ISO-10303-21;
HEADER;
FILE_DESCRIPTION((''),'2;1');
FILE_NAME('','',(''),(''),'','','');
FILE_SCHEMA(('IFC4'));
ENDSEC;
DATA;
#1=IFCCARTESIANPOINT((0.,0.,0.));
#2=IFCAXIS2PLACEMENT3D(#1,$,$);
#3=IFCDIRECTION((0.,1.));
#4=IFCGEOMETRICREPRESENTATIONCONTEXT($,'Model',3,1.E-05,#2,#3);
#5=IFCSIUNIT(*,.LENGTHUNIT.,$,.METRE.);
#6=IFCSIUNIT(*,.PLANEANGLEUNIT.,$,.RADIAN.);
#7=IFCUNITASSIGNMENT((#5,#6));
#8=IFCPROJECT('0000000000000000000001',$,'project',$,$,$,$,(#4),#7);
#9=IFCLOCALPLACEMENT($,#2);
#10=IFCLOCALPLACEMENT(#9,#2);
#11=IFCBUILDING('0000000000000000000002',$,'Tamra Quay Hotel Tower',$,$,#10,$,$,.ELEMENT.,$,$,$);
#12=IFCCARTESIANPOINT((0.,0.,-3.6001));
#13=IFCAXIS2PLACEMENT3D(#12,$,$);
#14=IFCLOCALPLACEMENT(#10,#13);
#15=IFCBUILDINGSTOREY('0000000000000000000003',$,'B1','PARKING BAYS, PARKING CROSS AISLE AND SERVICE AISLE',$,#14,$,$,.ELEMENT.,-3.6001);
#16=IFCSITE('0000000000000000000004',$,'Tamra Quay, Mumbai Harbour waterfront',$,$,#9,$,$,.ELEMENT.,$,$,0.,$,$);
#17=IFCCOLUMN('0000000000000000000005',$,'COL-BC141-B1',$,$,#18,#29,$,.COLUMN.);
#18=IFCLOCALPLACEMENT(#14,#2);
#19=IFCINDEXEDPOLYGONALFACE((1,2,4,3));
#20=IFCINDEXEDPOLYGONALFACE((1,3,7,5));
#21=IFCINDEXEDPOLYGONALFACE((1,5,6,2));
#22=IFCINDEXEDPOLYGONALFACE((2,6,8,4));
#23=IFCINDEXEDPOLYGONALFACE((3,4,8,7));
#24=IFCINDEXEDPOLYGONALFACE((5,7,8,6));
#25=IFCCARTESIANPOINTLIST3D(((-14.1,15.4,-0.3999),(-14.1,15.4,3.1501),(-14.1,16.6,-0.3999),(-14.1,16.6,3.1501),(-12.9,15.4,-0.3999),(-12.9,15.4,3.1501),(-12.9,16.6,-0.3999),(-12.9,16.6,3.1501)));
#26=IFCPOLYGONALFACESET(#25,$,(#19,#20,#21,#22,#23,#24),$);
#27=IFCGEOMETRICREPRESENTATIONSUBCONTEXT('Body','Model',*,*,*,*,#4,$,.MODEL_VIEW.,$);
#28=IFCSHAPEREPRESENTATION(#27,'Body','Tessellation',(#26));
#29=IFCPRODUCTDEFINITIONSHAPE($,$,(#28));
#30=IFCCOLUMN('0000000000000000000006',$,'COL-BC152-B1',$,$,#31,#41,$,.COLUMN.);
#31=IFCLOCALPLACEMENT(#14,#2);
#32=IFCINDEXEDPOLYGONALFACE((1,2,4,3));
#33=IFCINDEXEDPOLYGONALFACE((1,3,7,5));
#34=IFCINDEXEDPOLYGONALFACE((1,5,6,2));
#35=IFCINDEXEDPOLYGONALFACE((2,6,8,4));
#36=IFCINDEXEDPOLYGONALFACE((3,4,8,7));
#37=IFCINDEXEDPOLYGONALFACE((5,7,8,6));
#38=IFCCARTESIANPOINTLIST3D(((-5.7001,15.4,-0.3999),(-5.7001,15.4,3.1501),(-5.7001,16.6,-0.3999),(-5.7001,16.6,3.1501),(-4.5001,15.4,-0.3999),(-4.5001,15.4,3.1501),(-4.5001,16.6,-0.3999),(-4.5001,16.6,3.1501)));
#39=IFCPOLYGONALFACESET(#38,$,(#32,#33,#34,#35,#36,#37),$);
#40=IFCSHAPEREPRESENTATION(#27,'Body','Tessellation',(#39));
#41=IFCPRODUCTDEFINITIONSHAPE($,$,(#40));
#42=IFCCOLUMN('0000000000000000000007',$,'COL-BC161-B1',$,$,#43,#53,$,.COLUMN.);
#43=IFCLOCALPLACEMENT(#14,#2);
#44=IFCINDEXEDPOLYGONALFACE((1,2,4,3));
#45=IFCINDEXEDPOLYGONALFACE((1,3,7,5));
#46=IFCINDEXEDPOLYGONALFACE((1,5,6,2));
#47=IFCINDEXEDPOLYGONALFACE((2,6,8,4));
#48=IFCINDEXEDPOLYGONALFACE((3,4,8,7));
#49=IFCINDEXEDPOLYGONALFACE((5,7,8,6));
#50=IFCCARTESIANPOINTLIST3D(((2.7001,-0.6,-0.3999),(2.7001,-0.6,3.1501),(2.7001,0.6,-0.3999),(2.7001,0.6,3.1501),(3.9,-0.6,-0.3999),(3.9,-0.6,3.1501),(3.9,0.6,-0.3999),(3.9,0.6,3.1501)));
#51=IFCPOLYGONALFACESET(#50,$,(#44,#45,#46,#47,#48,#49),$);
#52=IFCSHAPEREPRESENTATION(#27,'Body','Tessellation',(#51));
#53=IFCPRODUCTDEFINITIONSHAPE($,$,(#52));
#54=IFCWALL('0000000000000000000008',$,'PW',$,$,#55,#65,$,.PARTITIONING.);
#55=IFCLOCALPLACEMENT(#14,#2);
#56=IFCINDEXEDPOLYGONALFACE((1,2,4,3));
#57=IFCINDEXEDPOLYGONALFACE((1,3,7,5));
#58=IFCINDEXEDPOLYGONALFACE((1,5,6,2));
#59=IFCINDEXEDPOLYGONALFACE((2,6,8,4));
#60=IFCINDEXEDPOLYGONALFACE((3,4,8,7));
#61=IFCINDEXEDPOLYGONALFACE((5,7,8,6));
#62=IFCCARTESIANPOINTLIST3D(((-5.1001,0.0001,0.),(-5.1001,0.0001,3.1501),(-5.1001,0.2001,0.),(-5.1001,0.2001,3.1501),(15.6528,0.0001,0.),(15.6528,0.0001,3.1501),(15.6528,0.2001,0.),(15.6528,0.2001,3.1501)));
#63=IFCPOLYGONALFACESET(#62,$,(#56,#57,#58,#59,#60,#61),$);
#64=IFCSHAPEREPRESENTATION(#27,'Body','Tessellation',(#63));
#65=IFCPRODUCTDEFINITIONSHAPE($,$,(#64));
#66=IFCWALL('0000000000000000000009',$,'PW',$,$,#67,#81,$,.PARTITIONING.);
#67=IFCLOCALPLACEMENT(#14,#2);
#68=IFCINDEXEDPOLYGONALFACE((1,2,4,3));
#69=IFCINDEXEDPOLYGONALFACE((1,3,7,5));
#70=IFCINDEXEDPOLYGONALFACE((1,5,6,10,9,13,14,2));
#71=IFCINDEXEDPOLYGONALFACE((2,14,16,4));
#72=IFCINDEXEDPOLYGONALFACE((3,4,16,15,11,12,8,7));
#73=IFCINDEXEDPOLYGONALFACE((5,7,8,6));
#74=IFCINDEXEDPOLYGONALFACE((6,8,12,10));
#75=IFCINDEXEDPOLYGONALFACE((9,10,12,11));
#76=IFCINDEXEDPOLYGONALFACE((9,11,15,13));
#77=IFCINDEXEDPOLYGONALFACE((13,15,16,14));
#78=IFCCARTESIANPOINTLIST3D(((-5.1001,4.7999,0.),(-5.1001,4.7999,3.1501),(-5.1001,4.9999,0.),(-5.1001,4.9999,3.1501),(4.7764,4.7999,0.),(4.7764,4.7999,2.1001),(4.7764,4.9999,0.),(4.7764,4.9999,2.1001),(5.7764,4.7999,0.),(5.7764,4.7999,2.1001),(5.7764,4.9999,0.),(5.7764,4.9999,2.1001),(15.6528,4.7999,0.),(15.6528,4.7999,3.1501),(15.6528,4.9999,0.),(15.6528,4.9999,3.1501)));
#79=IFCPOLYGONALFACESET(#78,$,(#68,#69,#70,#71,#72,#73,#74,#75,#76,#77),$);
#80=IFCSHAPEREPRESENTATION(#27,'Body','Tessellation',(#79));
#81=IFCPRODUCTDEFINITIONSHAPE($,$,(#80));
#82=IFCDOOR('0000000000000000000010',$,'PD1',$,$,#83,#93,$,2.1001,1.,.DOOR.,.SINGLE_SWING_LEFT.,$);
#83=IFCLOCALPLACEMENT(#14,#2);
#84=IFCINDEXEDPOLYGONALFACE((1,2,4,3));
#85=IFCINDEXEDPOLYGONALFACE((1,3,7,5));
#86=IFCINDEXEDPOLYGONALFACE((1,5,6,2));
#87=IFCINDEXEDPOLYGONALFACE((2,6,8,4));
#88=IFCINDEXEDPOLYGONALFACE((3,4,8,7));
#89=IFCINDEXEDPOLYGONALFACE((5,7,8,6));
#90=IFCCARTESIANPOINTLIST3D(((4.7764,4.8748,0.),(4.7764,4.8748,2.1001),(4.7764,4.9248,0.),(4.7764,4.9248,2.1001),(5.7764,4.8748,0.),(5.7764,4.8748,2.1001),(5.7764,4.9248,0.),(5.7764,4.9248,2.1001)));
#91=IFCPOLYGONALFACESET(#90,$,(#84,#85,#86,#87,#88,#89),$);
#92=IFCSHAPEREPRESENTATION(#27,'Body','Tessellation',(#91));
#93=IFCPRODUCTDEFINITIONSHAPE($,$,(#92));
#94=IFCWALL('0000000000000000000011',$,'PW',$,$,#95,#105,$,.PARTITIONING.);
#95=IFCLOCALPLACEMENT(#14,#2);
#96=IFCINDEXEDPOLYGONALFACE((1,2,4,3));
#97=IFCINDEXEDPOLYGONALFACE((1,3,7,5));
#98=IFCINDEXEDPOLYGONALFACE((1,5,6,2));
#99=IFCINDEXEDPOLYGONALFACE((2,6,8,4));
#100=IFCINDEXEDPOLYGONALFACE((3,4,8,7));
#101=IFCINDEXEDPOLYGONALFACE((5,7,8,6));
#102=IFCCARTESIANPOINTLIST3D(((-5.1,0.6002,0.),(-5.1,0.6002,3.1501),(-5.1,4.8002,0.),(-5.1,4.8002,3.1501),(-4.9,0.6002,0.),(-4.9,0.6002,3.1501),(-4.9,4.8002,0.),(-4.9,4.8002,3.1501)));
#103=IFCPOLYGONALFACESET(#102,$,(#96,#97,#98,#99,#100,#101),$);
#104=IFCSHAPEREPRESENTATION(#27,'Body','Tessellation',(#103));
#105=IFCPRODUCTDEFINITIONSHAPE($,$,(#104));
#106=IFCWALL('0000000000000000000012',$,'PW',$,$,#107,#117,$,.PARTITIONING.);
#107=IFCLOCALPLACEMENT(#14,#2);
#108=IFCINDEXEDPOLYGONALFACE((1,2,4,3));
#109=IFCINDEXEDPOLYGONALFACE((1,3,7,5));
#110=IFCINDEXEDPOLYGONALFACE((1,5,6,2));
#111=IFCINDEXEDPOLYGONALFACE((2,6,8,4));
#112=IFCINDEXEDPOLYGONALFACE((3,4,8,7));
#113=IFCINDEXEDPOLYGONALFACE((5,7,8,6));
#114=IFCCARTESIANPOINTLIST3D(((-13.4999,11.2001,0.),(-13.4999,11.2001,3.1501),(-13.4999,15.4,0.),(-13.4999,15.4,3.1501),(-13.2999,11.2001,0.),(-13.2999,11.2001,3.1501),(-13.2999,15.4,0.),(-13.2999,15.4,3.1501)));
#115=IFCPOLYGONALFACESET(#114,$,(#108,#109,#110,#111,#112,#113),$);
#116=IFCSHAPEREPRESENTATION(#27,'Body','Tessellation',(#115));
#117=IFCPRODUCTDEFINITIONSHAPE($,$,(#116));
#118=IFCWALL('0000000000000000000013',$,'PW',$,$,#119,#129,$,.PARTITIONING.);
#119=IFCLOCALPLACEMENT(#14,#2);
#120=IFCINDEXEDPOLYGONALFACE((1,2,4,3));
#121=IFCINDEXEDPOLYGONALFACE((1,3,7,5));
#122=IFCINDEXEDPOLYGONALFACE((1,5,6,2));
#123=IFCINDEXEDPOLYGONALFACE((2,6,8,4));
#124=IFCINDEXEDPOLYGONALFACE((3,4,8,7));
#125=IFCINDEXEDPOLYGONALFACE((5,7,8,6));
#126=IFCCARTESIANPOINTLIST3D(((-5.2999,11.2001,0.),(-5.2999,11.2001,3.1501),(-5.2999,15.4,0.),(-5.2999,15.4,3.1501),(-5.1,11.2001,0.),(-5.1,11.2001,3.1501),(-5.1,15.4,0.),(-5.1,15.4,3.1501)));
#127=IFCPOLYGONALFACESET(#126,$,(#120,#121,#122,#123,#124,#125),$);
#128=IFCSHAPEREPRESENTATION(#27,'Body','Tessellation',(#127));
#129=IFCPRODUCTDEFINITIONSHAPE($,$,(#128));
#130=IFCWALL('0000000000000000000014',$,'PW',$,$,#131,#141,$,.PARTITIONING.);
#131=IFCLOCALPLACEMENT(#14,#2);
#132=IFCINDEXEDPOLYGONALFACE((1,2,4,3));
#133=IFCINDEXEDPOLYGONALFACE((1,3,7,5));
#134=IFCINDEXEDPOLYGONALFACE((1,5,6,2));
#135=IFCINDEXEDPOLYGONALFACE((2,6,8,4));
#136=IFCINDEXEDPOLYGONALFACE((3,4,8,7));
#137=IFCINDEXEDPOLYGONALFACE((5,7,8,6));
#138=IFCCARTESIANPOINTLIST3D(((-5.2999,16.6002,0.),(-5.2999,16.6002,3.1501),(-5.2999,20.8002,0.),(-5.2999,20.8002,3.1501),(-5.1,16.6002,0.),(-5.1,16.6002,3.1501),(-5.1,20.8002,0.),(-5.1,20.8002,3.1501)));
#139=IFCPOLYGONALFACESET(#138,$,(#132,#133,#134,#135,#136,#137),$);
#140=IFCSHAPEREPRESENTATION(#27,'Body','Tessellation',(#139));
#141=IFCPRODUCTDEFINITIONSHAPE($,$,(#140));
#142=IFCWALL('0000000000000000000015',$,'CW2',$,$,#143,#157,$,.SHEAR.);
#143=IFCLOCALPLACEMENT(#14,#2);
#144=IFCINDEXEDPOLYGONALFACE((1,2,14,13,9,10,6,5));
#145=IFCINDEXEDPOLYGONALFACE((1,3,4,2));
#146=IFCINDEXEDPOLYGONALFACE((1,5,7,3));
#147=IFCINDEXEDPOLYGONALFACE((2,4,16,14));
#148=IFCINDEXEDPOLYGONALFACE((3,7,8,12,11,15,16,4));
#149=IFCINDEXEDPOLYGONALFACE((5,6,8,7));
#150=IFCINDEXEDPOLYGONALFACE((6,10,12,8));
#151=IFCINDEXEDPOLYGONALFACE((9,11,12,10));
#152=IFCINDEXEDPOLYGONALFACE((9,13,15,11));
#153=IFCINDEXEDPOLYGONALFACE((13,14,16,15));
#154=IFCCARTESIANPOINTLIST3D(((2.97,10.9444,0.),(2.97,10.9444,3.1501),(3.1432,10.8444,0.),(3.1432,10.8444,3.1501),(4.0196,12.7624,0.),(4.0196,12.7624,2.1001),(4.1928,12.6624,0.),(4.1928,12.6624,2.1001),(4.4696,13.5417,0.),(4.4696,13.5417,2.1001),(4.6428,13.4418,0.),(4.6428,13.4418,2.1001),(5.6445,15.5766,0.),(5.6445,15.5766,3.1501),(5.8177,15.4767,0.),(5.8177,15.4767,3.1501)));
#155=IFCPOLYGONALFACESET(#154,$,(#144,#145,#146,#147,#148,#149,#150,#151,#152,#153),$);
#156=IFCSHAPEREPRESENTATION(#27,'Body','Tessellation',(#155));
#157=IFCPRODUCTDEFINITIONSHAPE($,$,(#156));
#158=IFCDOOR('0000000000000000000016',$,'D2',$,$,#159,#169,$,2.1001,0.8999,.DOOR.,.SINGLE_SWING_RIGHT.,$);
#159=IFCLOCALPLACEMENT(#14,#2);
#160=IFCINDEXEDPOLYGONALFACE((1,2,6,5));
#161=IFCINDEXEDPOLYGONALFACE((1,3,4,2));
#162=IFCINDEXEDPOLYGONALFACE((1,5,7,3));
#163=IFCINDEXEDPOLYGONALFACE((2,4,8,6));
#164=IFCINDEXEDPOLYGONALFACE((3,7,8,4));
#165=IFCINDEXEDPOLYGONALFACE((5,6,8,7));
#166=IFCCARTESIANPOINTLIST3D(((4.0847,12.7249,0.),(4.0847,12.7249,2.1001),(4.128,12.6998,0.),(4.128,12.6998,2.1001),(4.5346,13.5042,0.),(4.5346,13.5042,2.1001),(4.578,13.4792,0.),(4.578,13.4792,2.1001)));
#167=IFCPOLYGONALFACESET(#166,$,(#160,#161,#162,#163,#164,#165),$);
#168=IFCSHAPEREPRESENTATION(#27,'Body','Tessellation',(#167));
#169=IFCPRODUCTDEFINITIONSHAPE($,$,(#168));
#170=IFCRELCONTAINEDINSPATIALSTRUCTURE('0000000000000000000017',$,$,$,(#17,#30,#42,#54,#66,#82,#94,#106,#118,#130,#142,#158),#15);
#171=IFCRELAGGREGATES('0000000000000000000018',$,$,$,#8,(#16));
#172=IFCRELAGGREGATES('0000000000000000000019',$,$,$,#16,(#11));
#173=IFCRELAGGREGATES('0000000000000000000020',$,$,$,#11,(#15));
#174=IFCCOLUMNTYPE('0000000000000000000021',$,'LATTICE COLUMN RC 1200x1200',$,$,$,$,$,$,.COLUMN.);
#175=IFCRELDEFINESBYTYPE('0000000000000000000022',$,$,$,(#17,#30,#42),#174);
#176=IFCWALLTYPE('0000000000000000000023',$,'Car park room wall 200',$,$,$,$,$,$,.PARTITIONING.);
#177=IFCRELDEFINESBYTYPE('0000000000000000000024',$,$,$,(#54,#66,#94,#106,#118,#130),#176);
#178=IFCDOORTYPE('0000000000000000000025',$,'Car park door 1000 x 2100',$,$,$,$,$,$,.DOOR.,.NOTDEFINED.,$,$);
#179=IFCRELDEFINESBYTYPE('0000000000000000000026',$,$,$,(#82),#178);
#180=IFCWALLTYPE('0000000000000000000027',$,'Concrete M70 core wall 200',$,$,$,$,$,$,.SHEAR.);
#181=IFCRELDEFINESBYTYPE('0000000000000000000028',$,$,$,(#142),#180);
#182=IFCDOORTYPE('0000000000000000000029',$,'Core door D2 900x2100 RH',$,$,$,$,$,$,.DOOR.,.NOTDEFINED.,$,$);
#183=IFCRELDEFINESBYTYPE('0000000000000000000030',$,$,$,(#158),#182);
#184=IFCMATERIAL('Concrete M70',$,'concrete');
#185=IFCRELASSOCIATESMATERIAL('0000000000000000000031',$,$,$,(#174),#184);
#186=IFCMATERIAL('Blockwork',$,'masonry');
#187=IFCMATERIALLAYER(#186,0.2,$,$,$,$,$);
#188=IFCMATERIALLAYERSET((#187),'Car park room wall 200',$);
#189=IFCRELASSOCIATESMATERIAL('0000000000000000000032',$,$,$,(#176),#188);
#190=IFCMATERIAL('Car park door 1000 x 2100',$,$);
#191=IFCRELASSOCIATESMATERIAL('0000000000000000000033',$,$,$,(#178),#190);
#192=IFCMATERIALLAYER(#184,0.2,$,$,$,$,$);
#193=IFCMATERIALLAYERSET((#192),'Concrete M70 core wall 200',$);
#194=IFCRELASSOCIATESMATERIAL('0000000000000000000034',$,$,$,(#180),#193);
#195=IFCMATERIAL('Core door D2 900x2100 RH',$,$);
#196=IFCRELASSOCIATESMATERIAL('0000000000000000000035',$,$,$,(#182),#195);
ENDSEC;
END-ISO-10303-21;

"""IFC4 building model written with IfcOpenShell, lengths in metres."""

from ifc_helpers import new_model, si_unit, direction, frame, frame_2d, origin, origin_2d, place, context, subcontext, project, spatial, rectangle, extrude, material, layer, layer_set, material_profile, profile_set, type_object, element, fill, save


model = new_model("IFC4")

# Units and contexts
model_context = context("Model", 3, precision=1e-05, world=origin(), true_north=direction((0.0, 1.0)))
body_context = subcontext(model_context, "Body", "Model", "MODEL_VIEW")
ifc_project = project(units=[si_unit("LENGTHUNIT", "METRE"), si_unit("PLANEANGLEUNIT", "RADIAN")], contexts=[model_context])

# Site, building, storey
site_placement = place(None, origin())
site = spatial("IfcSite", under=ifc_project, at=site_placement, Name="Tamra Quay, Mumbai Harbour waterfront", CompositionType="ELEMENT", RefElevation=0.0)
building_placement = place(site_placement, origin())
building = spatial("IfcBuilding", under=site, at=building_placement, Name="Tamra Quay Hotel Tower", CompositionType="ELEMENT")
storey_placement = place(building_placement, frame((0.0, 0.0, -3.6001)))
storey = spatial("IfcBuildingStorey", under=building, at=storey_placement, Name="B1", Description="PARKING BAYS, PARKING CROSS AISLE AND SERVICE AISLE", CompositionType="ELEMENT", Elevation=-3.6001)

# Columns
ifc_material_1 = material(Name="Concrete M70", Category="concrete")
ifc_material_profile = material_profile(ifc_material_1, rectangle(XDim=1.2, YDim=1.2, at=origin_2d()), Name="LATTICE COLUMN RC 1200x1200")
ifc_profile_set = profile_set([ifc_material_profile], Name="Concrete M70")
column_type = type_object("IfcColumnType", Name="LATTICE COLUMN RC 1200x1200", PredefinedType="COLUMN", material=ifc_profile_set)
for number, where, z_axis, x_axis, name in (
    (1, (-13.5, 16.0, -0.3999), (0.0, 0.0, 1.0), (1.0, 0.0, 0.0), "COL-BC141-B1"),
    (2, (-5.1001, 16.0, -0.3999), (0.0, 0.0, 1.0), (1.0, 0.0, 0.0), "COL-BC152-B1"),
    (3, (3.3, 0.0, -0.3999), (0.0, 0.0, 1.0), (1.0, 0.0, 0.0), "COL-BC161-B1"),
):
    element("IfcColumn", number, at=place(storey_placement, frame(where, z_axis=z_axis, x_axis=x_axis)), inside=storey, type_object=column_type, Name=name, PredefinedType="COLUMN", context=body_context, shape_type="SweptSolid", body=[
        extrude(rectangle(XDim=1.2, YDim=1.2, at=origin_2d()), origin(), (0.0, 0.0, 1.0), 3.55),
    ])

# Wall
ifc_material_2 = material(Name="Blockwork", Category="masonry")
ifc_layer_1 = layer(ifc_material_2, 0.2)
ifc_layer_set_1 = layer_set([ifc_layer_1], Name="Car park room wall 200")
wall_type_1 = type_object("IfcWallType", Name="Car park room wall 200", PredefinedType="PARTITIONING", material=ifc_layer_set_1)
wall_1_placement = place(storey_placement, frame((-5.1001, 0.1001, 0.0), z_axis=(0.0, 0.0, 1.0), x_axis=(1.0, 0.0, 0.0)))
element("IfcWall", 4, at=wall_1_placement, inside=storey, type_object=wall_type_1, Name="PW", PredefinedType="PARTITIONING", context=body_context, shape_type="SweptSolid", body=[
    extrude(rectangle(XDim=20.7529, YDim=0.2, at=frame_2d((10.3765, 0.0))), origin(), (0.0, 0.0, 1.0), 3.1501),
])

# Wall, opening, door
wall_2_placement = place(storey_placement, frame((-5.1001, 4.8999, 0.0), z_axis=(0.0, 0.0, 1.0), x_axis=(1.0, 0.0, 0.0)))
wall_2 = element("IfcWall", 5, at=wall_2_placement, inside=storey, type_object=wall_type_1, Name="PW", PredefinedType="PARTITIONING", context=body_context, shape_type="SweptSolid", body=[
    extrude(rectangle(XDim=20.7529, YDim=0.2, at=frame_2d((10.3765, 0.0))), origin(), (0.0, 0.0, 1.0), 3.1501),
])
opening_1_placement = place(wall_2_placement, frame((9.8765, 0.0, 0.0)))
opening_1 = element("IfcOpeningElement", 6, at=opening_1_placement, cuts=wall_2, PredefinedType="OPENING", context=body_context, shape_type="SweptSolid", body=[
    extrude(rectangle(XDim=1.0, YDim=2.1001, at=frame_2d((0.5, 1.05))), frame((0.0, 0.1099, 0.0), z_axis=(0.0, -1.0, 0.0), x_axis=(1.0, 0.0, 0.0)), (0.0, 0.0, 1.0), 0.22),
])
ifc_material_3 = material(Name="Car park door 1000 x 2100")
door_type_1 = type_object("IfcDoorType", Name="Car park door 1000 x 2100", OperationType="NOTDEFINED", PredefinedType="DOOR", material=ifc_material_3)
door_1_placement = place(opening_1_placement, origin())
door_1 = element("IfcDoor", 7, at=door_1_placement, inside=storey, type_object=door_type_1, Name="PD1", OperationType="SINGLE_SWING_LEFT", OverallHeight=2.1001, OverallWidth=1.0, PredefinedType="DOOR", context=body_context, shape_type="SweptSolid", body=[
    extrude(rectangle(XDim=1.0, YDim=2.1001, at=frame_2d((0.5, 1.05))), frame((0.0, 0.0249, 0.0), z_axis=(0.0, -1.0, 0.0), x_axis=(1.0, 0.0, 0.0)), (0.0, 0.0, 1.0), 0.05),
])
fill(opening_1, door_1)

# Walls
for number, where, z_axis, x_axis, name in (
    (8, (-5.0, 0.6001, 0.0), (0.0, 0.0, 1.0), (0.0, 1.0, 0.0), "PW"),
    (9, (-13.3999, 11.2, 0.0), (0.0, 0.0, 1.0), (0.0, 1.0, 0.0), "PW"),
    (10, (-5.2, 11.2, 0.0), (0.0, 0.0, 1.0), (0.0, 1.0, 0.0), "PW"),
    (11, (-5.2, 16.6001, 0.0), (0.0, 0.0, 1.0), (0.0, 1.0, 0.0), "PW"),
):
    element("IfcWall", number, at=place(storey_placement, frame(where, z_axis=z_axis, x_axis=x_axis)), inside=storey, type_object=wall_type_1, Name=name, PredefinedType="PARTITIONING", context=body_context, shape_type="SweptSolid", body=[
        extrude(rectangle(XDim=4.2, YDim=0.2, at=frame_2d((2.1001, 0.0))), origin(), (0.0, 0.0, 1.0), 3.1501),
    ])

# Wall, opening, door
ifc_layer_2 = layer(ifc_material_1, 0.2)
ifc_layer_set_2 = layer_set([ifc_layer_2], Name="Concrete M70 core wall 200")
wall_type_2 = type_object("IfcWallType", Name="Concrete M70 core wall 200", PredefinedType="SHEAR", material=ifc_layer_set_2)
wall_3_placement = place(storey_placement, frame((3.0566, 10.8945, 0.0), z_axis=(0.0, 0.0, 1.0), x_axis=(0.500012, 0.866018, 0.0)))
wall_3 = element("IfcWall", 12, at=wall_3_placement, inside=storey, type_object=wall_type_2, Name="CW2", PredefinedType="SHEAR", context=body_context, shape_type="SweptSolid", body=[
    extrude(rectangle(XDim=5.3489, YDim=0.2, at=frame_2d((2.6743, 0.0))), origin(), (0.0, 0.0, 1.0), 3.1501),
])
opening_2_placement = place(wall_3_placement, frame((2.0991, 0.0, 0.0)))
opening_2 = element("IfcOpeningElement", 13, at=opening_2_placement, cuts=wall_3, PredefinedType="OPENING", context=body_context, shape_type="SweptSolid", body=[
    extrude(rectangle(XDim=0.8999, YDim=2.1001, at=frame_2d((0.45, 1.05))), frame((0.0, 0.1099, 0.0), z_axis=(0.0, -1.0, 0.0), x_axis=(1.0, 0.0, 0.0)), (0.0, 0.0, 1.0), 0.22),
])
ifc_material_4 = material(Name="Core door D2 900x2100 RH")
door_type_2 = type_object("IfcDoorType", Name="Core door D2 900x2100 RH", OperationType="NOTDEFINED", PredefinedType="DOOR", material=ifc_material_4)
door_2_placement = place(opening_2_placement, origin())
door_2 = element("IfcDoor", 14, at=door_2_placement, inside=storey, type_object=door_type_2, Name="D2", OperationType="SINGLE_SWING_RIGHT", OverallHeight=2.1001, OverallWidth=0.8999, PredefinedType="DOOR", context=body_context, shape_type="SweptSolid", body=[
    extrude(rectangle(XDim=0.8999, YDim=2.1001, at=frame_2d((0.45, 1.05))), frame((0.0, 0.0249, 0.0), z_axis=(0.0, -1.0, 0.0), x_axis=(1.0, 0.0, 0.0)), (0.0, 0.0, 1.0), 0.05),
])
fill(opening_2, door_2)

save(model, "model.ifc")
